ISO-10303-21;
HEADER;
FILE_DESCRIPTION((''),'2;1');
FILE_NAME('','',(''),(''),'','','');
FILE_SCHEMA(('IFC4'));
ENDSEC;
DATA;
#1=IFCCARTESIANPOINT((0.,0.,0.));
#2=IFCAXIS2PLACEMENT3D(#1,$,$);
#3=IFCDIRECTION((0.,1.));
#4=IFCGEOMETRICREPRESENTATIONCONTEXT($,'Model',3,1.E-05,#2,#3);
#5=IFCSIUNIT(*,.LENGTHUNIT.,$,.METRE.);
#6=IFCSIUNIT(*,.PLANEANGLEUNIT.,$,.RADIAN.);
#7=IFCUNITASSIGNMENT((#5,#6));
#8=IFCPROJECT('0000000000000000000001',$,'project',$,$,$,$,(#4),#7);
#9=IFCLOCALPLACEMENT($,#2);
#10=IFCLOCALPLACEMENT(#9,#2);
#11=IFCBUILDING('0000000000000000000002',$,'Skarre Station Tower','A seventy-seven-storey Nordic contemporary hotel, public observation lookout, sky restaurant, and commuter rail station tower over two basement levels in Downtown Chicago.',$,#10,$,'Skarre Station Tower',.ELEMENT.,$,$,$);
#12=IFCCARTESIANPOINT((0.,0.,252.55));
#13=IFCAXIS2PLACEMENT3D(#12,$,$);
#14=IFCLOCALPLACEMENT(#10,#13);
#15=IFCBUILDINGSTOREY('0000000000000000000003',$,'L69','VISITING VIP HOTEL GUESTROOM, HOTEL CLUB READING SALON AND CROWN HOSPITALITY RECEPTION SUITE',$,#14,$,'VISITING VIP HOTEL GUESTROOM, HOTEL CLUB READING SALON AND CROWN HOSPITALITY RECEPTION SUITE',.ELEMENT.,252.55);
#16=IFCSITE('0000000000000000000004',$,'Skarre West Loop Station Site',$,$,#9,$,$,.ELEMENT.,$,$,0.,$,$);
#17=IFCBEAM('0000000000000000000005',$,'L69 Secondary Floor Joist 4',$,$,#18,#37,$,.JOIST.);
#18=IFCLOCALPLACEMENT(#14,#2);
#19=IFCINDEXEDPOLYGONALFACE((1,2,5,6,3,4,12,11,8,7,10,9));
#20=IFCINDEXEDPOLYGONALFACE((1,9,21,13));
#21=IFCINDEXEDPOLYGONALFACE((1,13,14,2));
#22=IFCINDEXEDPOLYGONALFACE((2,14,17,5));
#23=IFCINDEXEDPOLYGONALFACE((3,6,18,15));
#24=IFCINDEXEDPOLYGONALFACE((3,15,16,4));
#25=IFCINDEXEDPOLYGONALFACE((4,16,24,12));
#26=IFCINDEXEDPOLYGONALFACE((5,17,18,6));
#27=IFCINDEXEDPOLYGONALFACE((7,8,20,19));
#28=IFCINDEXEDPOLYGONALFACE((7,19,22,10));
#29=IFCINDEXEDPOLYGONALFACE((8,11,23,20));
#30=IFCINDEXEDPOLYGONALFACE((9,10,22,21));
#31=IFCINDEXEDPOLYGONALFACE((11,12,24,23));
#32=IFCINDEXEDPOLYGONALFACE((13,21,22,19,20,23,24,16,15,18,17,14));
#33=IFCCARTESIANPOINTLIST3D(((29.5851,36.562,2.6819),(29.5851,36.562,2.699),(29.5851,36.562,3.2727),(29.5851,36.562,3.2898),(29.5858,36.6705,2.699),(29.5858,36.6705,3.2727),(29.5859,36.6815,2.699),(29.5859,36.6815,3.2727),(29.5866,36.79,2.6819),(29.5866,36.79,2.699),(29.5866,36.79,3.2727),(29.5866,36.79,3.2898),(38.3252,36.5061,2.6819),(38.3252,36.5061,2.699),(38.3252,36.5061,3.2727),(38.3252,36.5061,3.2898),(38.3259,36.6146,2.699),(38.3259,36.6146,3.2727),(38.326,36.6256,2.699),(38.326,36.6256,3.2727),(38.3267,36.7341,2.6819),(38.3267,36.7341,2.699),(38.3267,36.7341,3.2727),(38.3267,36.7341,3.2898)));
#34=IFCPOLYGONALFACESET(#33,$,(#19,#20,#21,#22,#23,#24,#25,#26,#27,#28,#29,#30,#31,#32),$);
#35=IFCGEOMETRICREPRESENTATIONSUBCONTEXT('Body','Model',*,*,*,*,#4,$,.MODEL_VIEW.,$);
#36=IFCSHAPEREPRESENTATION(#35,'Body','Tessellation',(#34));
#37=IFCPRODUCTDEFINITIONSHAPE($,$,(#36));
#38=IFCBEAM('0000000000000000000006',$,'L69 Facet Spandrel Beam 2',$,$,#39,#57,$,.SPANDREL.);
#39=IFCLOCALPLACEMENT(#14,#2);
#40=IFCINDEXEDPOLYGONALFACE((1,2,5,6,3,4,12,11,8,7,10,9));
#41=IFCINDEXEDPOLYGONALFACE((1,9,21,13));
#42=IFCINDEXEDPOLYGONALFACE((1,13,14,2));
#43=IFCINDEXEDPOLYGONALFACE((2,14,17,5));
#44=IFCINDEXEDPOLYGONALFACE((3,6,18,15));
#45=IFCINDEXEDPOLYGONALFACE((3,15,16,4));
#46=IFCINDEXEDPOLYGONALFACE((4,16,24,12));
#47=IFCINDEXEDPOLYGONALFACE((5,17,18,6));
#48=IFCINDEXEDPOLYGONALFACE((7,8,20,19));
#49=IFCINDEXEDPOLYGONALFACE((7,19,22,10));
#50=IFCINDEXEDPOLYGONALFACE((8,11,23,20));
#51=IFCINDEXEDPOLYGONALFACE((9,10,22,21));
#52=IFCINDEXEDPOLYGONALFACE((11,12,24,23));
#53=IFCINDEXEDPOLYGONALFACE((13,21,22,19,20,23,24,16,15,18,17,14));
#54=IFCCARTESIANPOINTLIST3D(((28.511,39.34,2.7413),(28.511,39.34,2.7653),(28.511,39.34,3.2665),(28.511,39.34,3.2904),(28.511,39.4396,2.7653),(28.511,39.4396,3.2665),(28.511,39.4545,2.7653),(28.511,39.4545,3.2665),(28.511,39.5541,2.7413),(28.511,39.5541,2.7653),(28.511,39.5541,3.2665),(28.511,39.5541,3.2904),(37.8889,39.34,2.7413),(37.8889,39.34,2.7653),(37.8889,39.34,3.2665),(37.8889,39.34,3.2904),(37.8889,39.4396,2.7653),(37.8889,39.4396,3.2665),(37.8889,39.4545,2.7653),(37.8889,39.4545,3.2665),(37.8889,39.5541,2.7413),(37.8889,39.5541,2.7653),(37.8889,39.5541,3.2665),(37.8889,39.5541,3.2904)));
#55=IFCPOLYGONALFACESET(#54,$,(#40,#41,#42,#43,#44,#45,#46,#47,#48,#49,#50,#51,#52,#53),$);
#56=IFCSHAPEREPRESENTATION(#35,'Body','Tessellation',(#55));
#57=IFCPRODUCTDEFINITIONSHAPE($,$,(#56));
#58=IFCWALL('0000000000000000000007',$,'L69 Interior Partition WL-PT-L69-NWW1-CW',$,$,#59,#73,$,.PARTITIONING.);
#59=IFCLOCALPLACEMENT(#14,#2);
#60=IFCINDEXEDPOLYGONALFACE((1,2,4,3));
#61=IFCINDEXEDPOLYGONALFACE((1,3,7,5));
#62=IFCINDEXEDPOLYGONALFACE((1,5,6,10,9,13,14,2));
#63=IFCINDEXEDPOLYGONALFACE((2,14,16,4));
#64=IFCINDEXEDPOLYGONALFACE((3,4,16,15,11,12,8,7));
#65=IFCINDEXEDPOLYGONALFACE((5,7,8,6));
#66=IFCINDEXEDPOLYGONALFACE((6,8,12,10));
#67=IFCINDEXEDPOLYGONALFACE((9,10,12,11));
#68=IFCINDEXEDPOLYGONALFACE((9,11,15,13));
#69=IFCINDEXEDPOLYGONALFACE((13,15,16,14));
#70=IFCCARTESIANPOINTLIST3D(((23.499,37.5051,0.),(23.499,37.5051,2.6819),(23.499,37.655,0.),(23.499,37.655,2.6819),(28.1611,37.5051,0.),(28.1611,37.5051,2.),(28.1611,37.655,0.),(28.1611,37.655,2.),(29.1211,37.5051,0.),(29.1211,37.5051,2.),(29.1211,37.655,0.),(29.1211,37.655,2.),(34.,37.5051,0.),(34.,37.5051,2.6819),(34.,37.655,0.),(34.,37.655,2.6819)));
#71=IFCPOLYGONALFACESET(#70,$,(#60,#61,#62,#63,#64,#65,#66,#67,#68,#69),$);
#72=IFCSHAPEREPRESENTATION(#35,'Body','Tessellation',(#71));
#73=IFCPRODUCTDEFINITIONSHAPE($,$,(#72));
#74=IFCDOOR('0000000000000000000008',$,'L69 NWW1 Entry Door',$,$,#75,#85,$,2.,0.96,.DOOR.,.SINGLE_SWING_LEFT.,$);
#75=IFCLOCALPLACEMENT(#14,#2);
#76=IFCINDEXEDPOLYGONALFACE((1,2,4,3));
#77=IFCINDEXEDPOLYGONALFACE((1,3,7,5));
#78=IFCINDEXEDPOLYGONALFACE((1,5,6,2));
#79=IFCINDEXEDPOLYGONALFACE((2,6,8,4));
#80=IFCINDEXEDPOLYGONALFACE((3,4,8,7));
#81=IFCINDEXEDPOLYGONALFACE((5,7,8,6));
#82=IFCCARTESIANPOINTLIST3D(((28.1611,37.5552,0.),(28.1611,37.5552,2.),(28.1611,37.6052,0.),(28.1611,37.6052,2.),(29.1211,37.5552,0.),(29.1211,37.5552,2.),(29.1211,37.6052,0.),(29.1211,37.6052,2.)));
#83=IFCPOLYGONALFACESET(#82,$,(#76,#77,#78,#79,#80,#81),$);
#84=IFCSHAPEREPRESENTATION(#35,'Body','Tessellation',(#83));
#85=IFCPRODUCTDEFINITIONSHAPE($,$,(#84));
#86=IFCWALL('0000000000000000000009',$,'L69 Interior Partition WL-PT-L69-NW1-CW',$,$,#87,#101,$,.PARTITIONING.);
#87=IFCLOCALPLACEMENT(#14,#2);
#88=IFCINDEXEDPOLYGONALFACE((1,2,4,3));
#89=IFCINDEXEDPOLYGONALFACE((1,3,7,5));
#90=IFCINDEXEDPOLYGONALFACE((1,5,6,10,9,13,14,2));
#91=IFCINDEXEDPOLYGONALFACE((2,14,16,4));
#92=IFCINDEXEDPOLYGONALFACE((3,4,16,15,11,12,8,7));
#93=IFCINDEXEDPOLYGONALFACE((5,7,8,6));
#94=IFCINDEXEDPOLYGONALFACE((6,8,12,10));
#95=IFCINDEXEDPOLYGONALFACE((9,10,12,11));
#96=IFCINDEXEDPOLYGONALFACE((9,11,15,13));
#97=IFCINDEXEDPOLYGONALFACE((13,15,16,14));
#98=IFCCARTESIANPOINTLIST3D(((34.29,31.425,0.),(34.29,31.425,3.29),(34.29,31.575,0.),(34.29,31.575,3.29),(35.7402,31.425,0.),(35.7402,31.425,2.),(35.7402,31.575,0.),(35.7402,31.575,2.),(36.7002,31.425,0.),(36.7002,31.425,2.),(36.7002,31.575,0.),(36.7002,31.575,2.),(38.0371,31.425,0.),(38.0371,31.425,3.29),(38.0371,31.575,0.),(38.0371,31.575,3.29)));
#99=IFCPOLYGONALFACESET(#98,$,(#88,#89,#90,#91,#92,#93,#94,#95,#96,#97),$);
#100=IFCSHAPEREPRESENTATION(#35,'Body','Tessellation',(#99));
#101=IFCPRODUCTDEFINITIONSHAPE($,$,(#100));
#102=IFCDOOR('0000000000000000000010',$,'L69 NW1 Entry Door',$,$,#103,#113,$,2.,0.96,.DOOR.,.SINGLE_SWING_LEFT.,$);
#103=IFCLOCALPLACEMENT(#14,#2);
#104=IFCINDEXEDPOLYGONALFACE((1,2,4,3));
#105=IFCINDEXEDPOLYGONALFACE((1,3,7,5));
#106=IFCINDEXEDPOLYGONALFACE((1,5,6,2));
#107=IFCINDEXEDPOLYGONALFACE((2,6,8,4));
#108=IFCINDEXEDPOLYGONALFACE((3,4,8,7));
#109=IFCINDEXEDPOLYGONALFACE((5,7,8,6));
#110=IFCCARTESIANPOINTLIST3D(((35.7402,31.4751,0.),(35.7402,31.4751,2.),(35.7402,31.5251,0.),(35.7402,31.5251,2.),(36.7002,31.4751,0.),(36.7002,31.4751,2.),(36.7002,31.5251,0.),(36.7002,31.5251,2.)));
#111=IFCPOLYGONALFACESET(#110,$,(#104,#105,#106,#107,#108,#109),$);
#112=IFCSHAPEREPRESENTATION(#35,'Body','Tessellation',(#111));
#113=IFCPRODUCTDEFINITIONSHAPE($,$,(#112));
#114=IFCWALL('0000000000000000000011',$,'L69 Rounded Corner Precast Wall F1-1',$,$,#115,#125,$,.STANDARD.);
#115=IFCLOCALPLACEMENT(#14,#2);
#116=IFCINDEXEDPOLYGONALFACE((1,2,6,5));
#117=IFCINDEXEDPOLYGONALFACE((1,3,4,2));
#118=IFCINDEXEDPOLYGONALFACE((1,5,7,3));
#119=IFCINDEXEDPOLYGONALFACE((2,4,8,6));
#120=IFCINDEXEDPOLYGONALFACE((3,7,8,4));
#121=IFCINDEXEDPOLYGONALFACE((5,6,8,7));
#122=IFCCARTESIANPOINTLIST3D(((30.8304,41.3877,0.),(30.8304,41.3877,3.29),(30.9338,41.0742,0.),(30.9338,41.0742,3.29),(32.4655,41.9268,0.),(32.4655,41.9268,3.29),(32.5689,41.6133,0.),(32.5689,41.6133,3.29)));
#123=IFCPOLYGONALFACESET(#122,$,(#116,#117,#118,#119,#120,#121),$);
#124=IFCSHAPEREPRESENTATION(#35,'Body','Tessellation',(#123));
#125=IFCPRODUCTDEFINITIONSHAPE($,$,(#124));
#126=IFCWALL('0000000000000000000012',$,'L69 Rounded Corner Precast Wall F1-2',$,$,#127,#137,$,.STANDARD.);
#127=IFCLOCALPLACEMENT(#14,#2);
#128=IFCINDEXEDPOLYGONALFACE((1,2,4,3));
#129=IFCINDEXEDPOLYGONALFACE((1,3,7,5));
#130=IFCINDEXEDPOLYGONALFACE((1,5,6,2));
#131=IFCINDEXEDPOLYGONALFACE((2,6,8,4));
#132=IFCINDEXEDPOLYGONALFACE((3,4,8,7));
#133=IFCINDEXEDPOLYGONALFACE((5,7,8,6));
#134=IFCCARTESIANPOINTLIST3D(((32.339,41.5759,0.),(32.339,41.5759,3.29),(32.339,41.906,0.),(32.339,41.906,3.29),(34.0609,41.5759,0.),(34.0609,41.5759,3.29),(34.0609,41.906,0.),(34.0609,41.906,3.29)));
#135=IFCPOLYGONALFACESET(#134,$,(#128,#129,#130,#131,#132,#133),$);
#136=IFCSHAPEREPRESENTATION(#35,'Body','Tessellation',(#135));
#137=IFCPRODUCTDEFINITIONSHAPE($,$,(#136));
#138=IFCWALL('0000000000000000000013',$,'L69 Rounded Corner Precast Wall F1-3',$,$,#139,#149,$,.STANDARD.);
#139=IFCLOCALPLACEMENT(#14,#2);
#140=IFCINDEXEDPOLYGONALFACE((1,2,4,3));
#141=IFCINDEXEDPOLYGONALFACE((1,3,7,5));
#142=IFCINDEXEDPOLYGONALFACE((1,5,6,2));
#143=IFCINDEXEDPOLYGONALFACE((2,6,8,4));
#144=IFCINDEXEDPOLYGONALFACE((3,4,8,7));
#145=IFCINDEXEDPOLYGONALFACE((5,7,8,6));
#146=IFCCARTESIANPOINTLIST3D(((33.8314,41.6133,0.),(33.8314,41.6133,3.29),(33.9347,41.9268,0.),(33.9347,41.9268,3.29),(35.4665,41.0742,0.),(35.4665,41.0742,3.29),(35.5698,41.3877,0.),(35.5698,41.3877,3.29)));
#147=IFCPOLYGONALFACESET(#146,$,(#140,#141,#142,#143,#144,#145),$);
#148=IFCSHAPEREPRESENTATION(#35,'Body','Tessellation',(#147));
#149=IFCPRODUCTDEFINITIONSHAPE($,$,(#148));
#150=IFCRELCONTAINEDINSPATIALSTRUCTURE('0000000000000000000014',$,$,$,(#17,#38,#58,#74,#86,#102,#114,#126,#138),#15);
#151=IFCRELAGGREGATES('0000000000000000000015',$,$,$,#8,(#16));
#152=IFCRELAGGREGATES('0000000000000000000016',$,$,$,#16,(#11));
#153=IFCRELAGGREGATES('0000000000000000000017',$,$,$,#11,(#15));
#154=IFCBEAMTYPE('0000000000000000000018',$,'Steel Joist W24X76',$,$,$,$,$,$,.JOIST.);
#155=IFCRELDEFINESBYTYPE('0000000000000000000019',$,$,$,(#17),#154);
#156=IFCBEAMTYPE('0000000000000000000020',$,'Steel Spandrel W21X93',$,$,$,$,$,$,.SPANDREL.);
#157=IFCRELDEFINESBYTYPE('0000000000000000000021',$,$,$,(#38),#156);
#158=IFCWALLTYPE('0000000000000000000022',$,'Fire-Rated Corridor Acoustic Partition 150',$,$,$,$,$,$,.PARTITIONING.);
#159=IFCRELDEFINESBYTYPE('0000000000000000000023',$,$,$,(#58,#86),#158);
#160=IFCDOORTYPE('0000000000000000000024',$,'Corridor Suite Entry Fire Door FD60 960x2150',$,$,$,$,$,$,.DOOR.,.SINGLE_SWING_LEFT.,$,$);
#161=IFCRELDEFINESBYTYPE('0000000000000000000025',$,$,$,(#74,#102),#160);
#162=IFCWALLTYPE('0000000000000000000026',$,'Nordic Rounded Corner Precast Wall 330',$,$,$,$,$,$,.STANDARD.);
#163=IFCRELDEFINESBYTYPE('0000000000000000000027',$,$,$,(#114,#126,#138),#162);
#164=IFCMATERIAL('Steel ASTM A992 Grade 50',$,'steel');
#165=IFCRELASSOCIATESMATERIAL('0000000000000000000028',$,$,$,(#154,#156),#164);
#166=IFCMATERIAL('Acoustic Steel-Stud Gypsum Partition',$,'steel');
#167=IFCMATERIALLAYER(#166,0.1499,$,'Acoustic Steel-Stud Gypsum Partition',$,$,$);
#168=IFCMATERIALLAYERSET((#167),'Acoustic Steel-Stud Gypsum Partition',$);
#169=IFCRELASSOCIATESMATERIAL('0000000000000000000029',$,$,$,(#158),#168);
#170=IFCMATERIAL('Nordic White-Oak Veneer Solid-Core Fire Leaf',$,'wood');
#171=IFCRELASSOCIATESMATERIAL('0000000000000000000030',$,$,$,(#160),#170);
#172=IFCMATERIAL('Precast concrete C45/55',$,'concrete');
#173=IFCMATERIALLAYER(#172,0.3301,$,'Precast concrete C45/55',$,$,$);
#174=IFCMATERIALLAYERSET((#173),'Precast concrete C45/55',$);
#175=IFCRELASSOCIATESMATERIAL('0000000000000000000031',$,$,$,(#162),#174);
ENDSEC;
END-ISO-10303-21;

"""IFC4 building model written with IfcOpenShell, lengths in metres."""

from ifc_helpers import new_model, si_unit, direction, frame, frame_2d, origin, origin_2d, place, context, subcontext, project, spatial, rectangle, i_section, extrude, material, layer, layer_set, material_profile, profile_set, type_object, element, fill, save


model = new_model("IFC4")

# Units and contexts
model_context = context("Model", 3, precision=1e-05, world=origin(), true_north=direction((0.0, 1.0)))
body_context = subcontext(model_context, "Body", "Model", "MODEL_VIEW")
ifc_project = project(units=[si_unit("LENGTHUNIT", "METRE"), si_unit("PLANEANGLEUNIT", "RADIAN")], contexts=[model_context])

# Site, building, storey
site_placement = place(None, origin())
site = spatial("IfcSite", under=ifc_project, at=site_placement, Name="Skarre West Loop Station Site", CompositionType="ELEMENT", RefElevation=0.0)
building_placement = place(site_placement, origin())
building = spatial("IfcBuilding", under=site, at=building_placement, Name="Skarre Station Tower", Description="A seventy-seven-storey Nordic contemporary hotel, public observation lookout, sky restaurant, and commuter rail station tower over two basement levels in Downtown Chicago.", LongName="Skarre Station Tower", CompositionType="ELEMENT")
storey_placement = place(building_placement, frame((0.0, 0.0, 252.55)))
storey = spatial("IfcBuildingStorey", under=building, at=storey_placement, Name="L69", Description="VISITING VIP HOTEL GUESTROOM, HOTEL CLUB READING SALON AND CROWN HOSPITALITY RECEPTION SUITE", LongName="VISITING VIP HOTEL GUESTROOM, HOTEL CLUB READING SALON AND CROWN HOSPITALITY RECEPTION SUITE", CompositionType="ELEMENT", Elevation=252.55)

# Beams
ifc_material_1 = material(Name="Steel ASTM A992 Grade 50", Category="steel")
ifc_material_profile_1 = material_profile(ifc_material_1, i_section(OverallWidth=0.228, OverallDepth=0.6079, WebThickness=0.011, FlangeThickness=0.0171, at=origin_2d()), Name="Steel ASTM A992 Grade 50")
ifc_profile_set_1 = profile_set([ifc_material_profile_1], Name="Steel ASTM A992 Grade 50")
beam_type_1 = type_object("IfcBeamType", Name="Steel Joist W24X76", PredefinedType="JOIST", material=ifc_profile_set_1)
beam_1_placement = place(storey_placement, frame((38.3259, 36.6201, 2.9858), z_axis=(-0.99998, 0.006397, 0.0), x_axis=(-0.006397, -0.99998, 0.0)))
element("IfcBeam", 1, at=beam_1_placement, inside=storey, type_object=beam_type_1, Name="L69 Secondary Floor Joist 4", PredefinedType="JOIST", context=body_context, shape_type="SweptSolid", body=[
    extrude(i_section(OverallWidth=0.228, OverallDepth=0.6079, WebThickness=0.011, FlangeThickness=0.0171, at=origin_2d()), origin(), (0.0, 0.0, 1.0), 8.7402),
])
ifc_material_profile_2 = material_profile(ifc_material_1, i_section(OverallWidth=0.2141, OverallDepth=0.5491, WebThickness=0.0149, FlangeThickness=0.0239, at=origin_2d()), Name="Steel ASTM A992 Grade 50")
ifc_profile_set_2 = profile_set([ifc_material_profile_2], Name="Steel ASTM A992 Grade 50")
beam_type_2 = type_object("IfcBeamType", Name="Steel Spandrel W21X93", PredefinedType="SPANDREL", material=ifc_profile_set_2)
beam_2_placement = place(storey_placement, frame((37.8889, 39.447, 3.0159), z_axis=(-1.0, 0.0, 0.0), x_axis=(0.0, -1.0, 0.0)))
element("IfcBeam", 2, at=beam_2_placement, inside=storey, type_object=beam_type_2, Name="L69 Facet Spandrel Beam 2", PredefinedType="SPANDREL", context=body_context, shape_type="SweptSolid", body=[
    extrude(i_section(OverallWidth=0.2141, OverallDepth=0.5491, WebThickness=0.0149, FlangeThickness=0.0239, at=origin_2d()), origin(), (0.0, 0.0, 1.0), 9.3779),
])

# Walls, openings, doors
ifc_material_2 = material(Name="Acoustic Steel-Stud Gypsum Partition", Category="steel")
ifc_layer_1 = layer(ifc_material_2, 0.1499, Name="Acoustic Steel-Stud Gypsum Partition")
ifc_layer_set_1 = layer_set([ifc_layer_1], Name="Acoustic Steel-Stud Gypsum Partition")
wall_type_1 = type_object("IfcWallType", Name="Fire-Rated Corridor Acoustic Partition 150", PredefinedType="PARTITIONING", material=ifc_layer_set_1)
wall_1_placement = place(storey_placement, frame((34.0, 37.5801, 0.0), z_axis=(0.0, 0.0, 1.0), x_axis=(-1.0, 0.0, 0.0)))
wall_1 = element("IfcWall", 3, at=wall_1_placement, inside=storey, type_object=wall_type_1, Name="L69 Interior Partition WL-PT-L69-NWW1-CW", PredefinedType="PARTITIONING", context=body_context, shape_type="SweptSolid", body=[
    extrude(rectangle(XDim=10.501, YDim=0.1499, at=frame_2d((5.2505, 0.0))), origin(), (0.0, 0.0, 1.0), 2.6819),
])
opening_1_placement = place(wall_1_placement, frame((4.8789, 0.0, 0.0)))
opening_1 = element("IfcOpeningElement", 4, at=opening_1_placement, cuts=wall_1, PredefinedType="OPENING", context=body_context, shape_type="SweptSolid", body=[
    extrude(rectangle(XDim=0.96, YDim=2.0, at=frame_2d((0.48, 1.0))), frame((0.0, 0.085, 0.0), z_axis=(0.0, -1.0, 0.0), x_axis=(1.0, 0.0, 0.0)), (0.0, 0.0, 1.0), 0.1699),
])
ifc_material_3 = material(Name="Nordic White-Oak Veneer Solid-Core Fire Leaf", Category="wood")
door_type = type_object("IfcDoorType", Name="Corridor Suite Entry Fire Door FD60 960x2150", OperationType="SINGLE_SWING_LEFT", PredefinedType="DOOR", material=ifc_material_3)
door_1_placement = place(opening_1_placement, origin())
door_1 = element("IfcDoor", 5, at=door_1_placement, inside=storey, type_object=door_type, Name="L69 NWW1 Entry Door", OperationType="SINGLE_SWING_LEFT", OverallHeight=2.0, OverallWidth=0.96, PredefinedType="DOOR", context=body_context, shape_type="SweptSolid", body=[
    extrude(rectangle(XDim=0.96, YDim=2.0, at=frame_2d((0.48, 1.0))), frame((0.0, 0.0249, 0.0), z_axis=(0.0, -1.0, 0.0), x_axis=(1.0, 0.0, 0.0)), (0.0, 0.0, 1.0), 0.05),
])
fill(opening_1, door_1)
wall_2_placement = place(storey_placement, frame((38.0371, 31.5, 0.0), z_axis=(0.0, 0.0, 1.0), x_axis=(-1.0, 0.0, 0.0)))
wall_2 = element("IfcWall", 6, at=wall_2_placement, inside=storey, type_object=wall_type_1, Name="L69 Interior Partition WL-PT-L69-NW1-CW", PredefinedType="PARTITIONING", context=body_context, shape_type="SweptSolid", body=[
    extrude(rectangle(XDim=3.7471, YDim=0.1499, at=frame_2d((1.8735, 0.0))), origin(), (0.0, 0.0, 1.0), 3.29),
])
opening_2_placement = place(wall_2_placement, frame((1.3369, 0.0, 0.0)))
opening_2 = element("IfcOpeningElement", 7, at=opening_2_placement, cuts=wall_2, PredefinedType="OPENING", context=body_context, shape_type="SweptSolid", body=[
    extrude(rectangle(XDim=0.96, YDim=2.0, at=frame_2d((0.48, 1.0))), frame((0.0, 0.085, 0.0), z_axis=(0.0, -1.0, 0.0), x_axis=(1.0, 0.0, 0.0)), (0.0, 0.0, 1.0), 0.1699),
])
door_2_placement = place(opening_2_placement, origin())
door_2 = element("IfcDoor", 8, at=door_2_placement, inside=storey, type_object=door_type, Name="L69 NW1 Entry Door", OperationType="SINGLE_SWING_LEFT", OverallHeight=2.0, OverallWidth=0.96, PredefinedType="DOOR", context=body_context, shape_type="SweptSolid", body=[
    extrude(rectangle(XDim=0.96, YDim=2.0, at=frame_2d((0.48, 1.0))), frame((0.0, 0.0249, 0.0), z_axis=(0.0, -1.0, 0.0), x_axis=(1.0, 0.0, 0.0)), (0.0, 0.0, 1.0), 0.05),
])
fill(opening_2, door_2)

# Walls
ifc_material_4 = material(Name="Precast concrete C45/55", Category="concrete")
ifc_layer_2 = layer(ifc_material_4, 0.3301, Name="Precast concrete C45/55")
ifc_layer_set_2 = layer_set([ifc_layer_2], Name="Precast concrete C45/55")
wall_type_2 = type_object("IfcWallType", Name="Nordic Rounded Corner Precast Wall 330", PredefinedType="STANDARD", material=ifc_layer_set_2)
wall_3_placement = place(storey_placement, frame((30.8821, 41.231, 0.0), z_axis=(0.0, 0.0, 1.0), x_axis=(0.949713, 0.31312, 0.0)))
element("IfcWall", 9, at=wall_3_placement, inside=storey, type_object=wall_type_2, Name="L69 Rounded Corner Precast Wall F1-1", PredefinedType="STANDARD", context=body_context, shape_type="SweptSolid", body=[
    extrude(rectangle(XDim=1.7217, YDim=0.3301, at=frame_2d((0.8608, 0.0))), origin(), (0.0, 0.0, 1.0), 3.29),
])
wall_4_placement = place(storey_placement, frame((32.3391, 41.741, 0.0), z_axis=(0.0, 0.0, 1.0), x_axis=(1.0, 0.0, 0.0)))
element("IfcWall", 10, at=wall_4_placement, inside=storey, type_object=wall_type_2, Name="L69 Rounded Corner Precast Wall F1-2", PredefinedType="STANDARD", context=body_context, shape_type="SweptSolid", body=[
    extrude(rectangle(XDim=1.7219, YDim=0.3301, at=frame_2d((0.8608, 0.0))), origin(), (0.0, 0.0, 1.0), 3.29),
])
wall_5_placement = place(storey_placement, frame((33.8831, 41.77, 0.0), z_axis=(0.0, 0.0, 1.0), x_axis=(0.949713, -0.31312, 0.0)))
element("IfcWall", 11, at=wall_5_placement, inside=storey, type_object=wall_type_2, Name="L69 Rounded Corner Precast Wall F1-3", PredefinedType="STANDARD", context=body_context, shape_type="SweptSolid", body=[
    extrude(rectangle(XDim=1.7217, YDim=0.3301, at=frame_2d((0.8608, 0.0))), origin(), (0.0, 0.0, 1.0), 3.29),
])

save(model, "model.ifc")
